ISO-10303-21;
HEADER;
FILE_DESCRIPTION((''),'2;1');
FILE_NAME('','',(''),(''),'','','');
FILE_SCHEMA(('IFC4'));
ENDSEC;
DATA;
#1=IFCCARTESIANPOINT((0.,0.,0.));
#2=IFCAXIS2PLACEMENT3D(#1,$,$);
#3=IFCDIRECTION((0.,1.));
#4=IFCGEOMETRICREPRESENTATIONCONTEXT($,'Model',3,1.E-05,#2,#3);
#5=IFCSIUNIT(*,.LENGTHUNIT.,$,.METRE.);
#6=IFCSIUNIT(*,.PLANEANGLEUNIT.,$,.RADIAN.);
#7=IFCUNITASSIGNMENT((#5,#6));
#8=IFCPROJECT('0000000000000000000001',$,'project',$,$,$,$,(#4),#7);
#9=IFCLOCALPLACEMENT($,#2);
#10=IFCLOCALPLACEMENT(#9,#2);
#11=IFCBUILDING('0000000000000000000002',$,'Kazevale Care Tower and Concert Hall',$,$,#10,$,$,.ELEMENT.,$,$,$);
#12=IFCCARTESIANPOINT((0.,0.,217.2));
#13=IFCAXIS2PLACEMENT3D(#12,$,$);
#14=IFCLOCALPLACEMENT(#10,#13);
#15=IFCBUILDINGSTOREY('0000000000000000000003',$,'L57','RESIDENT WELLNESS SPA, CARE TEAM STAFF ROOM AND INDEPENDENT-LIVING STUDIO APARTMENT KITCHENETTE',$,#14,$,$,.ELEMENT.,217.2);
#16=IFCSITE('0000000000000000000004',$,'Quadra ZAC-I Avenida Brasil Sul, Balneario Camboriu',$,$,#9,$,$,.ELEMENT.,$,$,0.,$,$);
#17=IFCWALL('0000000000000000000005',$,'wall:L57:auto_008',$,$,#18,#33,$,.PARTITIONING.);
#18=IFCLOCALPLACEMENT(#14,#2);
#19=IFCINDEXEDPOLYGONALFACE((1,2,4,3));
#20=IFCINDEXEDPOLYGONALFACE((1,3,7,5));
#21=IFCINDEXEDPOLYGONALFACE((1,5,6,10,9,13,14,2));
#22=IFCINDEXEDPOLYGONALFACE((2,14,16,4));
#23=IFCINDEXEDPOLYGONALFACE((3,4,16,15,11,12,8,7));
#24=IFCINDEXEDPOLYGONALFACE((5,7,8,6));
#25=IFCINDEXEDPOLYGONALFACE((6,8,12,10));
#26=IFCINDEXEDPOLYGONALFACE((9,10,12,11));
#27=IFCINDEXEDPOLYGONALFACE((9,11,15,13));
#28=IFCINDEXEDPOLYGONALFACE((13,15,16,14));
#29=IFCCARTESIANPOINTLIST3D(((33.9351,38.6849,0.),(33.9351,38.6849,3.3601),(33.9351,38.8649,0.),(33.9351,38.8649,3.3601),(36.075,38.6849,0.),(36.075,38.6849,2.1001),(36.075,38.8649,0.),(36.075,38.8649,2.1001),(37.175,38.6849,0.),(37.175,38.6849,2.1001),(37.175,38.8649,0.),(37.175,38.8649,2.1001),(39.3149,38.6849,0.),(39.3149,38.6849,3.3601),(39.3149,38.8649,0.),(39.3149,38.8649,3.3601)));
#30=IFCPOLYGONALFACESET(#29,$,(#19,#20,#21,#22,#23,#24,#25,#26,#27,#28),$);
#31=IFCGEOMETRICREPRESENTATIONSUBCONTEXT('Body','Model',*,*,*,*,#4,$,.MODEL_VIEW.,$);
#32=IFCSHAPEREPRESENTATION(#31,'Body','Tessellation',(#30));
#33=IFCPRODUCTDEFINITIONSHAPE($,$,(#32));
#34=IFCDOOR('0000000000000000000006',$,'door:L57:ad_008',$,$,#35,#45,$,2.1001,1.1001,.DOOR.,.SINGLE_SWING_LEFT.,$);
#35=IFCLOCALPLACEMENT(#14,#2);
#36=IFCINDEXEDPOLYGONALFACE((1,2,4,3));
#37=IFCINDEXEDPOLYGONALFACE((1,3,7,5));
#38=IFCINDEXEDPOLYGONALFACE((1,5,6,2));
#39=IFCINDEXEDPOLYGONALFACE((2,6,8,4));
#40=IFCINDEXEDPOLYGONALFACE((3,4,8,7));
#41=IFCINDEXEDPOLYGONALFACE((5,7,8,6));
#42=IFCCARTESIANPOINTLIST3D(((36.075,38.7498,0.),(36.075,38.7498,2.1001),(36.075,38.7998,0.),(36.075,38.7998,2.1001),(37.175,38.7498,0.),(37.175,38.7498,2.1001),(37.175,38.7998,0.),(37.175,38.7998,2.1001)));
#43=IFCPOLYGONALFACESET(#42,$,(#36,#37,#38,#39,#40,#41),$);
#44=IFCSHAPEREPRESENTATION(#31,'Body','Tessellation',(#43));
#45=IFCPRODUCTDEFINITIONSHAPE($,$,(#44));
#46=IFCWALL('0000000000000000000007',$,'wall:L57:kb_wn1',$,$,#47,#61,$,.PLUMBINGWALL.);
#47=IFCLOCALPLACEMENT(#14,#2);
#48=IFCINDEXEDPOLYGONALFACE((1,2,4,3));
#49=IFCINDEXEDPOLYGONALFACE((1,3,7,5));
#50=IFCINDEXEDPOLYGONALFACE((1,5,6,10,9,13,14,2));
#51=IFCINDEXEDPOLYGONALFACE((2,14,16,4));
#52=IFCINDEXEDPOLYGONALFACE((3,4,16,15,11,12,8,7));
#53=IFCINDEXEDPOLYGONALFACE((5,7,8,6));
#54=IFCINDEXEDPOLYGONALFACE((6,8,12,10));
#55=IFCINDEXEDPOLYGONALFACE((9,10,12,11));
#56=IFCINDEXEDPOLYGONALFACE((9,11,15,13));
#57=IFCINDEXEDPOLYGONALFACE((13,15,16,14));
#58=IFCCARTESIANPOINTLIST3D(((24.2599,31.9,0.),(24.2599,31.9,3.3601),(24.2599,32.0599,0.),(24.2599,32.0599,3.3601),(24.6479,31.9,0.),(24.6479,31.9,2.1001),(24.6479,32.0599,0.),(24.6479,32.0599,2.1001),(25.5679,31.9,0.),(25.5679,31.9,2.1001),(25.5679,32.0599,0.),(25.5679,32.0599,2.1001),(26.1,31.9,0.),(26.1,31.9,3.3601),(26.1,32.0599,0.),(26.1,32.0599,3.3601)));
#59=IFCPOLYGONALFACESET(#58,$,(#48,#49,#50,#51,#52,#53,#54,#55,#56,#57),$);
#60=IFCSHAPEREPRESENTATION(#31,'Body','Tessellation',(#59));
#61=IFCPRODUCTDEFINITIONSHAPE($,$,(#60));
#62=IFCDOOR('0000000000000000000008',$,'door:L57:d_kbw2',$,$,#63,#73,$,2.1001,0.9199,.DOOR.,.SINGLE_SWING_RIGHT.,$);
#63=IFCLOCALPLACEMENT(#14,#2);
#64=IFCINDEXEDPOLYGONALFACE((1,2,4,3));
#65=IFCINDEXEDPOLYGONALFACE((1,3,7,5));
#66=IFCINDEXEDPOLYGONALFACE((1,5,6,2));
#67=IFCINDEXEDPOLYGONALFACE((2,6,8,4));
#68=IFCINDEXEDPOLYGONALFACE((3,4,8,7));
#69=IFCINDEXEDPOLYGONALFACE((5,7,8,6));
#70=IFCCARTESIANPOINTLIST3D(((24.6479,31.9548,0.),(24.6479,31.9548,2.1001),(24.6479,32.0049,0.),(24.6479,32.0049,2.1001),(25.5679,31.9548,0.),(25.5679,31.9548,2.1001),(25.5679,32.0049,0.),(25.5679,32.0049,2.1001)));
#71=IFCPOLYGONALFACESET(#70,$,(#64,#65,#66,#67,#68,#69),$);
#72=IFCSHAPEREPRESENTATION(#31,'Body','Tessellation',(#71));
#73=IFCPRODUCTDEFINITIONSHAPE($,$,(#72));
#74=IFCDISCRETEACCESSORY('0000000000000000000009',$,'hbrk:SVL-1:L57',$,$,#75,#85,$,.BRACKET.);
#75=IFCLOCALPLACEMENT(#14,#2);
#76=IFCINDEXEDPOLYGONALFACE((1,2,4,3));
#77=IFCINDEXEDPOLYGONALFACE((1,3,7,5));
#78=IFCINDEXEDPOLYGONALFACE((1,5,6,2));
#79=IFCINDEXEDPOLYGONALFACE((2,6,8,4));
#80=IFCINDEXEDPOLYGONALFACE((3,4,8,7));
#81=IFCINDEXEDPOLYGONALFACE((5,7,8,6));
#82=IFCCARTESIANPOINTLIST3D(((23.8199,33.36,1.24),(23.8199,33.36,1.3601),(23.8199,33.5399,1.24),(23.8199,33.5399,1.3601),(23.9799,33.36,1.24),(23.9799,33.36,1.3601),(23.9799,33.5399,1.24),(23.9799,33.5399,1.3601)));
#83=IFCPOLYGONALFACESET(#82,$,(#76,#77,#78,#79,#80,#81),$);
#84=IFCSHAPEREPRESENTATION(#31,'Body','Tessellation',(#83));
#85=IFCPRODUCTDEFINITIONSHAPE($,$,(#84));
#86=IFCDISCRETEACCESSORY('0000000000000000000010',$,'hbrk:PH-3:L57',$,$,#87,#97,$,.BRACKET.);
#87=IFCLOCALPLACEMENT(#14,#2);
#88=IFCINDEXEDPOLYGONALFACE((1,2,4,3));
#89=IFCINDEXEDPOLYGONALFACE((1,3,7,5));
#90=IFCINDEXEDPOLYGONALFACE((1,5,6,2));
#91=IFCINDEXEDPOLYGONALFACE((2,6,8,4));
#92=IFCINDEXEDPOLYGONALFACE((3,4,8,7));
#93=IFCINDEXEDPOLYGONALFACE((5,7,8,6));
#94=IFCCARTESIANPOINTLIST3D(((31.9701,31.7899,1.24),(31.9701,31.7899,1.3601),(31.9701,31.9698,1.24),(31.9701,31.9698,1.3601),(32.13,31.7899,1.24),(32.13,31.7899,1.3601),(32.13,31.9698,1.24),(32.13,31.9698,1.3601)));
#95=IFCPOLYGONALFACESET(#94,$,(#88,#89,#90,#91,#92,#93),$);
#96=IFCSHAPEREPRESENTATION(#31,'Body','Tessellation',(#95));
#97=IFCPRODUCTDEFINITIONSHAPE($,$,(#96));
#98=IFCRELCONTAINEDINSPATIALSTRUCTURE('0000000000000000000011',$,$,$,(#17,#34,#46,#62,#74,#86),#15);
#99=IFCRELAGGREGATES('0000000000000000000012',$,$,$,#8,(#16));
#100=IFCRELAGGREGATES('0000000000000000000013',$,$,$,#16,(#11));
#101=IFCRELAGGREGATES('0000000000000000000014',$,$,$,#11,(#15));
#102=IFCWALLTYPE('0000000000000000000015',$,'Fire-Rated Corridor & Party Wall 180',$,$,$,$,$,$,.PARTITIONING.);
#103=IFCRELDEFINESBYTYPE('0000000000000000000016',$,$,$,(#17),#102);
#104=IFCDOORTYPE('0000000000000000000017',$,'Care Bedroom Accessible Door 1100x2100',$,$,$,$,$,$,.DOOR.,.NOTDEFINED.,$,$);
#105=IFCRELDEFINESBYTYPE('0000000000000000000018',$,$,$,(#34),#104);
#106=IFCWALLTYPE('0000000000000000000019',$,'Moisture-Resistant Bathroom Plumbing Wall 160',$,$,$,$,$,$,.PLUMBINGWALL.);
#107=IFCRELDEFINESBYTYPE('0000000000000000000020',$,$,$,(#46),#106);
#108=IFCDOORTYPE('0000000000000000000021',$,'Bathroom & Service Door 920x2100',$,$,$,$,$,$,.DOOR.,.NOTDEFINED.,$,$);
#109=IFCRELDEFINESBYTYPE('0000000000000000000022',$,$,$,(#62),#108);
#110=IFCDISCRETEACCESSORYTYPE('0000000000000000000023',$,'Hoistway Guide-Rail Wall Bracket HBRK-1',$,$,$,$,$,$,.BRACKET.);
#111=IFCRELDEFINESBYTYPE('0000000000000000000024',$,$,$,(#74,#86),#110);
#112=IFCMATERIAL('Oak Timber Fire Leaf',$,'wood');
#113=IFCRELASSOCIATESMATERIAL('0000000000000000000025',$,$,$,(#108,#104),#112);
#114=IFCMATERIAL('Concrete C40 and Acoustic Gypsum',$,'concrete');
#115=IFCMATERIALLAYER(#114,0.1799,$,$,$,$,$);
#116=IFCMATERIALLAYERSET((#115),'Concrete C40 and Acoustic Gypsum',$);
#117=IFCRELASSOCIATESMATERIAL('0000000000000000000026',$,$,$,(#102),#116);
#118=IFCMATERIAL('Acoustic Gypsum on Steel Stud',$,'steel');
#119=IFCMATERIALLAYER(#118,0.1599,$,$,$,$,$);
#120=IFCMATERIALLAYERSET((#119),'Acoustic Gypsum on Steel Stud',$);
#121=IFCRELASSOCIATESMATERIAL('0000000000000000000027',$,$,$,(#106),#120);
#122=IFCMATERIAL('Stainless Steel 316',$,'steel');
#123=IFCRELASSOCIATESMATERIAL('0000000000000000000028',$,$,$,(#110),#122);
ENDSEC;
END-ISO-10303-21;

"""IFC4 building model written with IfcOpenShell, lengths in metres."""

from ifc_helpers import new_model, si_unit, direction, frame, frame_2d, origin, origin_2d, place, context, subcontext, project, spatial, rectangle, extrude, material, layer, layer_set, type_object, element, fill, save


model = new_model("IFC4")

# Units and contexts
model_context = context("Model", 3, precision=1e-05, world=origin(), true_north=direction((0.0, 1.0)))
body_context = subcontext(model_context, "Body", "Model", "MODEL_VIEW")
ifc_project = project(units=[si_unit("LENGTHUNIT", "METRE"), si_unit("PLANEANGLEUNIT", "RADIAN")], contexts=[model_context])

# Site, building, storey
site_placement = place(None, origin())
site = spatial("IfcSite", under=ifc_project, at=site_placement, Name="Quadra ZAC-I Avenida Brasil Sul, Balneario Camboriu", CompositionType="ELEMENT", RefElevation=0.0)
building_placement = place(site_placement, origin())
building = spatial("IfcBuilding", under=site, at=building_placement, Name="Kazevale Care Tower and Concert Hall", CompositionType="ELEMENT")
storey_placement = place(building_placement, frame((0.0, 0.0, 217.2)))
storey = spatial("IfcBuildingStorey", under=building, at=storey_placement, Name="L57", Description="RESIDENT WELLNESS SPA, CARE TEAM STAFF ROOM AND INDEPENDENT-LIVING STUDIO APARTMENT KITCHENETTE", CompositionType="ELEMENT", Elevation=217.2)

# Shared definitions
ifc_material_1 = material(Name="Acoustic Gypsum on Steel Stud", Category="steel")
ifc_material_2 = material(Name="Oak Timber Fire Leaf", Category="wood")
door_type_1 = type_object("IfcDoorType", Name="Bathroom & Service Door 920x2100", OperationType="NOTDEFINED", PredefinedType="DOOR", material=ifc_material_2)

# Shared definitions
ifc_material_3 = material(Name="Stainless Steel 316", Category="steel")

# Shared definitions
ifc_material_4 = material(Name="Concrete C40 and Acoustic Gypsum", Category="concrete")
ifc_layer_1 = layer(ifc_material_4, 0.1799)
ifc_layer_set_1 = layer_set([ifc_layer_1], Name="Concrete C40 and Acoustic Gypsum")
wall_type_1 = type_object("IfcWallType", Name="Fire-Rated Corridor & Party Wall 180", PredefinedType="PARTITIONING", material=ifc_layer_set_1)
door_type_2 = type_object("IfcDoorType", Name="Care Bedroom Accessible Door 1100x2100", OperationType="NOTDEFINED", PredefinedType="DOOR", material=ifc_material_2)

# Walls, openings, doors
wall_1_placement = place(storey_placement, frame((33.9351, 38.7749, 0.0), z_axis=(0.0, 0.0, 1.0), x_axis=(1.0, 0.0, 0.0)))
wall_1 = element("IfcWall", 1, at=wall_1_placement, inside=storey, type_object=wall_type_1, Name="wall:L57:auto_008", PredefinedType="PARTITIONING", context=body_context, shape_type="SweptSolid", body=[
    extrude(rectangle(XDim=5.3799, YDim=0.1799, at=frame_2d((2.6899, 0.0))), origin(), (0.0, 0.0, 1.0), 3.3601),
])
opening_1_placement = place(wall_1_placement, frame((2.1399, 0.0, 0.0)))
opening_1 = element("IfcOpeningElement", 2, at=opening_1_placement, cuts=wall_1, PredefinedType="OPENING", context=body_context, shape_type="SweptSolid", body=[
    extrude(rectangle(XDim=1.1001, YDim=2.1001, at=frame_2d((0.55, 1.05))), frame((0.0, 0.0999, 0.0), z_axis=(0.0, -1.0, 0.0), x_axis=(1.0, 0.0, 0.0)), (0.0, 0.0, 1.0), 0.2),
])
door_1_placement = place(opening_1_placement, origin())
door_1 = element("IfcDoor", 3, at=door_1_placement, inside=storey, type_object=door_type_2, Name="door:L57:ad_008", OperationType="SINGLE_SWING_LEFT", OverallHeight=2.1001, OverallWidth=1.1001, PredefinedType="DOOR", context=body_context, shape_type="SweptSolid", body=[
    extrude(rectangle(XDim=1.1001, YDim=2.1001, at=frame_2d((0.55, 1.05))), frame((0.0, 0.0249, 0.0), z_axis=(0.0, -1.0, 0.0), x_axis=(1.0, 0.0, 0.0)), (0.0, 0.0, 1.0), 0.05),
])
fill(opening_1, door_1)
ifc_layer_2 = layer(ifc_material_1, 0.1599)
ifc_layer_set_2 = layer_set([ifc_layer_2], Name="Acoustic Gypsum on Steel Stud")
wall_type_2 = type_object("IfcWallType", Name="Moisture-Resistant Bathroom Plumbing Wall 160", PredefinedType="PLUMBINGWALL", material=ifc_layer_set_2)
wall_2_placement = place(storey_placement, frame((24.26, 31.98, 0.0), z_axis=(0.0, 0.0, 1.0), x_axis=(1.0, 0.0, 0.0)))
wall_2 = element("IfcWall", 4, at=wall_2_placement, inside=storey, type_object=wall_type_2, Name="wall:L57:kb_wn1", PredefinedType="PLUMBINGWALL", context=body_context, shape_type="SweptSolid", body=[
    extrude(rectangle(XDim=1.8401, YDim=0.1599, at=frame_2d((0.9199, 0.0))), origin(), (0.0, 0.0, 1.0), 3.3601),
])
opening_2_placement = place(wall_2_placement, frame((0.3879, 0.0, 0.0)))
opening_2 = element("IfcOpeningElement", 5, at=opening_2_placement, cuts=wall_2, PredefinedType="OPENING", context=body_context, shape_type="SweptSolid", body=[
    extrude(rectangle(XDim=0.9199, YDim=2.1001, at=frame_2d((0.46, 1.05))), frame((0.0, 0.0898, 0.0), z_axis=(0.0, -1.0, 0.0), x_axis=(1.0, 0.0, 0.0)), (0.0, 0.0, 1.0), 0.1799),
])
door_2_placement = place(opening_2_placement, origin())
door_2 = element("IfcDoor", 6, at=door_2_placement, inside=storey, type_object=door_type_1, Name="door:L57:d_kbw2", OperationType="SINGLE_SWING_RIGHT", OverallHeight=2.1001, OverallWidth=0.9199, PredefinedType="DOOR", context=body_context, shape_type="SweptSolid", body=[
    extrude(rectangle(XDim=0.9199, YDim=2.1001, at=frame_2d((0.46, 1.05))), frame((0.0, 0.0249, 0.0), z_axis=(0.0, -1.0, 0.0), x_axis=(1.0, 0.0, 0.0)), (0.0, 0.0, 1.0), 0.05),
])
fill(opening_2, door_2)

# Discrete accessories
discrete_accessory_type = type_object("IfcDiscreteAccessoryType", Name="Hoistway Guide-Rail Wall Bracket HBRK-1", PredefinedType="BRACKET", material=ifc_material_3)
for number, where, z_axis, x_axis, name in (
    (7, (23.8999, 33.45, 1.24), (0.0, 0.0, 1.0), (1.0, 0.0, 0.0), "hbrk:SVL-1:L57"),
    (8, (32.05, 31.8799, 1.24), (0.0, 0.0, 1.0), (1.0, 0.0, 0.0), "hbrk:PH-3:L57"),
):
    element("IfcDiscreteAccessory", number, at=place(storey_placement, frame(where, z_axis=z_axis, x_axis=x_axis)), inside=storey, type_object=discrete_accessory_type, Name=name, PredefinedType="BRACKET", context=body_context, shape_type="SweptSolid", body=[
        extrude(rectangle(XDim=0.1599, YDim=0.1799, at=origin_2d()), origin(), (0.0, 0.0, 1.0), 0.1201),
    ])

save(model, "model.ifc")
